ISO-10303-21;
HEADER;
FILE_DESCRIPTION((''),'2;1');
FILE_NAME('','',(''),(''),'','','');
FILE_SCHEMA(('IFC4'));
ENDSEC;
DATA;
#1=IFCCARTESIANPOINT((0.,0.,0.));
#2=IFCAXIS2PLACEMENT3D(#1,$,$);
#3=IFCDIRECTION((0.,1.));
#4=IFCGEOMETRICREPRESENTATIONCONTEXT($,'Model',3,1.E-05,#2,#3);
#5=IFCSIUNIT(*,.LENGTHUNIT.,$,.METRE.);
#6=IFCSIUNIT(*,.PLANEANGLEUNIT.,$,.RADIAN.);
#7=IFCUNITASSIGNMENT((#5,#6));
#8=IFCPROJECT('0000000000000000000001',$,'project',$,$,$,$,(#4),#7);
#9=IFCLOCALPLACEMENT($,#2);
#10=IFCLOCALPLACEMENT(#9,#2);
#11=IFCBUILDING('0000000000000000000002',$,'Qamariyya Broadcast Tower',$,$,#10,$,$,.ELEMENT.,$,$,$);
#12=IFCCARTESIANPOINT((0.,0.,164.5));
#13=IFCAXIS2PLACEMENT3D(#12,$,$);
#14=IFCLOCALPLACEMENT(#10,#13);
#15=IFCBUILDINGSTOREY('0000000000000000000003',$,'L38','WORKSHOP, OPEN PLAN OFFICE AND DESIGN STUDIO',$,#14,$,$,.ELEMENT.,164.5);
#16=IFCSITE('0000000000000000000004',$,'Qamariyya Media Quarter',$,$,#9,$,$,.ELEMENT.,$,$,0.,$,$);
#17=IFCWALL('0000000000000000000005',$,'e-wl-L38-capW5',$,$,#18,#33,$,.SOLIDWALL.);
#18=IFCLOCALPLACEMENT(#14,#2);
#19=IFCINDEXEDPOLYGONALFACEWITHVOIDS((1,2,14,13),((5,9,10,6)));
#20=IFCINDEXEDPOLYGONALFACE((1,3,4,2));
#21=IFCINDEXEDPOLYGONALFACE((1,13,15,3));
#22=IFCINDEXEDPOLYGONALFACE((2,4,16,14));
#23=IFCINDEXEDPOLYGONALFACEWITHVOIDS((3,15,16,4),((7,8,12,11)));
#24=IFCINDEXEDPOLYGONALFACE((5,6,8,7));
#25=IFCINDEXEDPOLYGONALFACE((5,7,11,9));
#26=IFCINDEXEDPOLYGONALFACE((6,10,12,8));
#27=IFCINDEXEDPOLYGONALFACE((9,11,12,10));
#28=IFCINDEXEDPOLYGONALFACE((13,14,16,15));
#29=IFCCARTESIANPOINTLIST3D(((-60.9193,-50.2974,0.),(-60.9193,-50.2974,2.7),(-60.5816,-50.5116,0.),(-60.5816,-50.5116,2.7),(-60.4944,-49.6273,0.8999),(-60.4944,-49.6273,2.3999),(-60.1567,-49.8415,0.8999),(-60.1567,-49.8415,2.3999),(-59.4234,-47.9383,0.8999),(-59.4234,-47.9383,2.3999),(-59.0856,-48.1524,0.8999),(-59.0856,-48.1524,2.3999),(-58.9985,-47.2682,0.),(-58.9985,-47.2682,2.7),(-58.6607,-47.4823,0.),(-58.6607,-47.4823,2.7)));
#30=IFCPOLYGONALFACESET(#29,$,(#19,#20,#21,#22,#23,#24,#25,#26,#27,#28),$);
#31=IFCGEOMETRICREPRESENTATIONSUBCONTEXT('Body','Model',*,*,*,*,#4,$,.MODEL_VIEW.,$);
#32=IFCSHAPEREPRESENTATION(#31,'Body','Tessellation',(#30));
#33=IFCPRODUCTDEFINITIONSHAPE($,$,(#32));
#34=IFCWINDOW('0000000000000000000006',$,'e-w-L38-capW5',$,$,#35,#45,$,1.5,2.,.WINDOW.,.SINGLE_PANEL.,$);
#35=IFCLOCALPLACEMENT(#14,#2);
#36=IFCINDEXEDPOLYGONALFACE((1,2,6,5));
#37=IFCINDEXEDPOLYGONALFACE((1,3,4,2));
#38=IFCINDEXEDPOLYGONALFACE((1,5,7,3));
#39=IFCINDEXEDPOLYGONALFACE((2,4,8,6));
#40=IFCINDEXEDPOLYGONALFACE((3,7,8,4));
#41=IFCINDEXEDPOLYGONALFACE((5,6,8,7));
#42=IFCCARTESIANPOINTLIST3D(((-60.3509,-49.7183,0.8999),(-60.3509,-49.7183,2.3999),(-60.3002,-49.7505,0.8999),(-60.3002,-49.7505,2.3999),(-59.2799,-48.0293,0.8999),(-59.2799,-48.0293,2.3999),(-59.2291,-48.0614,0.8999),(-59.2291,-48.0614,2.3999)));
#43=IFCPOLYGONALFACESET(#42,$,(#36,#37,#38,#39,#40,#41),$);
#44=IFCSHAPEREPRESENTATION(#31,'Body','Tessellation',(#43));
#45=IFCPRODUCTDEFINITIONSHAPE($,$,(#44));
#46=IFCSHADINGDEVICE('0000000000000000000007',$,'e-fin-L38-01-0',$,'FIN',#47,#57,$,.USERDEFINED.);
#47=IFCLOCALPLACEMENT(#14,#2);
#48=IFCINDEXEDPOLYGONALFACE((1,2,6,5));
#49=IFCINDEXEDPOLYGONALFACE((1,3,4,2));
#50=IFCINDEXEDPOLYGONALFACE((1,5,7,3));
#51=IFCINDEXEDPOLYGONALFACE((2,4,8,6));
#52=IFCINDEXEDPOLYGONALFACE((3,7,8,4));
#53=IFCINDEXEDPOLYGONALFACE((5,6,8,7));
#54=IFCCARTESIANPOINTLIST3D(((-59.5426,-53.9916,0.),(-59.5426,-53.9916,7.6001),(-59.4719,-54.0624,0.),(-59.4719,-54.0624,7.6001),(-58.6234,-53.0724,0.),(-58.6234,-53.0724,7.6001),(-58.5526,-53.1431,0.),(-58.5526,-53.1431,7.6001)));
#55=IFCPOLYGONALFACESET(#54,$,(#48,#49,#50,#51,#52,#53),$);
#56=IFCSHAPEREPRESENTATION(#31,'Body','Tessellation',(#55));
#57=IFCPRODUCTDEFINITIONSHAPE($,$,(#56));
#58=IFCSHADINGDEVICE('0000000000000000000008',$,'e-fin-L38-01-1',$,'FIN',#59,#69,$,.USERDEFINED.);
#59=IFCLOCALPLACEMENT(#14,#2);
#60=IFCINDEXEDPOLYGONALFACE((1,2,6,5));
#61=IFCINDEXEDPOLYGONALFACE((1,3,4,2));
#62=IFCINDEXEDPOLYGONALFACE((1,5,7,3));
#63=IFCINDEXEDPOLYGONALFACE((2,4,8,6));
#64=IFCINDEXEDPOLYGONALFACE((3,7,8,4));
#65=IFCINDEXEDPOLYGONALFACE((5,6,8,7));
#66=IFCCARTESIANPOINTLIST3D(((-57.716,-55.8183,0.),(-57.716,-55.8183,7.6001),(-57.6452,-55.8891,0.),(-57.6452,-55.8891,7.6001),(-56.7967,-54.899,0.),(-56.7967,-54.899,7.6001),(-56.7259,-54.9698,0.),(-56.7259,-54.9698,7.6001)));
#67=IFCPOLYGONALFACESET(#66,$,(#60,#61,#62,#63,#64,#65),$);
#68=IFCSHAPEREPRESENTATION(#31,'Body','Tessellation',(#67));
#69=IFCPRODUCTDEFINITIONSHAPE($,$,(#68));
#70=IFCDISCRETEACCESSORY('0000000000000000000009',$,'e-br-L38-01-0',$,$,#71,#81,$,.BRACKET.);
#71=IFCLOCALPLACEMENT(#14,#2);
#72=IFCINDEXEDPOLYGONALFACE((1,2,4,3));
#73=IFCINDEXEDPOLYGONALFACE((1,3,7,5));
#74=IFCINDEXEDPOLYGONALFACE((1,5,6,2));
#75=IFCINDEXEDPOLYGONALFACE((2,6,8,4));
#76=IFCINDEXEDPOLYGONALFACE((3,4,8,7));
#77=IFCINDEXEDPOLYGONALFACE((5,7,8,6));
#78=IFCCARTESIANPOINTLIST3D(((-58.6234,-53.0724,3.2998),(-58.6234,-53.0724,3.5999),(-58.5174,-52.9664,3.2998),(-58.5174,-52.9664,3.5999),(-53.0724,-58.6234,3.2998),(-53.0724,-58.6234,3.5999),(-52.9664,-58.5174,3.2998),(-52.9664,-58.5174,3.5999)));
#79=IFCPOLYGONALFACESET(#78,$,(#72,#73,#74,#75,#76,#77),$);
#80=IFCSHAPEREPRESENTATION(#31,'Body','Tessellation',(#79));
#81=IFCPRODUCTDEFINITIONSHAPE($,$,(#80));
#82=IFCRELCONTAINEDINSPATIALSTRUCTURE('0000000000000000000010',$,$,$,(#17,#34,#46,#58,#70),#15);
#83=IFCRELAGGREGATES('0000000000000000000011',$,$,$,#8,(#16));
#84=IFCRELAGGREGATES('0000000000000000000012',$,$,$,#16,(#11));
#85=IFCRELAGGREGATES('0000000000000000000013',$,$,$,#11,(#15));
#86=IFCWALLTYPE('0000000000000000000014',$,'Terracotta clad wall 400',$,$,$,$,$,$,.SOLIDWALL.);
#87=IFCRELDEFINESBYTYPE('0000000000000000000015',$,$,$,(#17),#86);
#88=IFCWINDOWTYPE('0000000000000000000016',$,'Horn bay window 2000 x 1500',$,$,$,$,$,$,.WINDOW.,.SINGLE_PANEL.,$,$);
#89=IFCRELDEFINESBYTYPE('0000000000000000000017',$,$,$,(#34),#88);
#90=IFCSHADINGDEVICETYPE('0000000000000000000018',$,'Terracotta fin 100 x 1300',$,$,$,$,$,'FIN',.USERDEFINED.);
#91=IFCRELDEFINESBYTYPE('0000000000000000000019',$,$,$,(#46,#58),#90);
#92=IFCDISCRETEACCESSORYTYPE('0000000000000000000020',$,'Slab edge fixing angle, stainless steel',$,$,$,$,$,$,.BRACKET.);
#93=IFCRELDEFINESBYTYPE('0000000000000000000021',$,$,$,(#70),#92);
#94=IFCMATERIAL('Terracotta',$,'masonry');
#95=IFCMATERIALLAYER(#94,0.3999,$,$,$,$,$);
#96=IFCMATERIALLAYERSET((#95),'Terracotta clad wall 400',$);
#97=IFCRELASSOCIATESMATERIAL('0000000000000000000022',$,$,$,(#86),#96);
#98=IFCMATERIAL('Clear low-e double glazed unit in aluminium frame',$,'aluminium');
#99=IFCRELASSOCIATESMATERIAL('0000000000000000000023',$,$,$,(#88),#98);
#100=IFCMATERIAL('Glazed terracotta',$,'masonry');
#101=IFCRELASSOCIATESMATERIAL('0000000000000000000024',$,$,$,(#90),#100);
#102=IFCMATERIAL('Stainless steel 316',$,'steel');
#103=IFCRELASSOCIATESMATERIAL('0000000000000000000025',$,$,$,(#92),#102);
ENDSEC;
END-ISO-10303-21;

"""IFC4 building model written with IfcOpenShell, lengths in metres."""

from ifc_helpers import new_model, si_unit, direction, frame, frame_2d, origin, origin_2d, place, context, subcontext, project, spatial, rectangle, extrude, material, layer, layer_set, material_profile, profile_set, type_object, element, fill, save


model = new_model("IFC4")

# Units and contexts
model_context = context("Model", 3, precision=1e-05, world=origin(), true_north=direction((0.0, 1.0)))
body_context = subcontext(model_context, "Body", "Model", "MODEL_VIEW")
ifc_project = project(units=[si_unit("LENGTHUNIT", "METRE"), si_unit("PLANEANGLEUNIT", "RADIAN")], contexts=[model_context])

# Site, building, storey
site_placement = place(None, origin())
site = spatial("IfcSite", under=ifc_project, at=site_placement, Name="Qamariyya Media Quarter", CompositionType="ELEMENT", RefElevation=0.0)
building_placement = place(site_placement, origin())
building = spatial("IfcBuilding", under=site, at=building_placement, Name="Qamariyya Broadcast Tower", CompositionType="ELEMENT")
storey_placement = place(building_placement, frame((0.0, 0.0, 164.5)))
storey = spatial("IfcBuildingStorey", under=building, at=storey_placement, Name="L38", Description="WORKSHOP, OPEN PLAN OFFICE AND DESIGN STUDIO", CompositionType="ELEMENT", Elevation=164.5)

# Wall, opening, window
ifc_material_1 = material(Name="Terracotta", Category="masonry")
ifc_layer_1 = layer(ifc_material_1, 0.3999)
ifc_layer_set_1 = layer_set([ifc_layer_1], Name="Terracotta clad wall 400")
wall_type_1 = type_object("IfcWallType", Name="Terracotta clad wall 400", PredefinedType="SOLIDWALL", material=ifc_layer_set_1)
ifc_material_2 = material(Name="Clear low-e double glazed unit in aluminium frame", Category="aluminium")
window_type = type_object("IfcWindowType", Name="Horn bay window 2000 x 1500", PartitioningType="SINGLE_PANEL", PredefinedType="WINDOW", material=ifc_material_2)
wall_1_placement = place(storey_placement, frame((-58.8296, -47.3752, 0.0), z_axis=(0.0, 0.0, 1.0), x_axis=(-0.535518, -0.844524, 0.0)))
wall_1 = element("IfcWall", 1, at=wall_1_placement, inside=storey, type_object=wall_type_1, Name="e-wl-L38-capW5", PredefinedType="SOLIDWALL", context=body_context, shape_type="SweptSolid", body=[
    extrude(rectangle(XDim=3.5869, YDim=0.3999, at=frame_2d((1.7935, 0.0))), origin(), (0.0, 0.0, 1.0), 2.7),
])
opening_1_placement = place(wall_1_placement, frame((0.7935, 0.0, 0.8999)))
opening_1 = element("IfcOpeningElement", 2, at=opening_1_placement, cuts=wall_1, PredefinedType="OPENING", context=body_context, shape_type="SweptSolid", body=[
    extrude(rectangle(XDim=2.0, YDim=1.5, at=frame_2d((1.0, 0.75))), frame((0.0, 0.21, 0.0), z_axis=(0.0, -1.0, 0.0), x_axis=(1.0, 0.0, 0.0)), (0.0, 0.0, 1.0), 0.4199),
])
window_1_placement = place(opening_1_placement, origin())
window_1 = element("IfcWindow", 3, at=window_1_placement, inside=storey, type_object=window_type, Name="e-w-L38-capW5", OverallHeight=1.5, OverallWidth=2.0, PartitioningType="SINGLE_PANEL", PredefinedType="WINDOW", context=body_context, shape_type="SweptSolid", body=[
    extrude(rectangle(XDim=2.0, YDim=1.5, at=frame_2d((1.0, 0.75))), frame((0.0, 0.03, 0.0), z_axis=(0.0, -1.0, 0.0), x_axis=(1.0, 0.0, 0.0)), (0.0, 0.0, 1.0), 0.0601),
])
fill(opening_1, window_1)

# Shading devices
ifc_material_3 = material(Name="Glazed terracotta", Category="masonry")
ifc_material_profile_1 = material_profile(ifc_material_3, rectangle(XDim=1.3, YDim=0.1001, at=origin_2d()))
ifc_profile_set_1 = profile_set([ifc_material_profile_1], Name="Glazed terracotta")
shading_device_type_1 = type_object("IfcShadingDeviceType", Name="Terracotta fin 100 x 1300", ElementType="FIN", PredefinedType="USERDEFINED", material=ifc_profile_set_1)
for number, where, z_axis, x_axis, name in (
    (4, (-59.0476, -53.5674, 0.0), (0.0, 0.0, 1.0), (-0.707107, -0.707107, 0.0), "e-fin-L38-01-0"),
    (5, (-57.2209, -55.394, 0.0), (0.0, 0.0, 1.0), (-0.707107, -0.707107, 0.0), "e-fin-L38-01-1"),
):
    element("IfcShadingDevice", number, at=place(storey_placement, frame(where, z_axis=z_axis, x_axis=x_axis)), inside=storey, type_object=shading_device_type_1, Name=name, ObjectType="FIN", PredefinedType="USERDEFINED", context=body_context, shape_type="SweptSolid", body=[
        extrude(rectangle(XDim=1.3, YDim=0.1001, at=origin_2d()), origin(), (0.0, 0.0, 1.0), 7.6001),
    ])

# Discrete accessory
ifc_material_4 = material(Name="Stainless steel 316", Category="steel")
discrete_accessory_type = type_object("IfcDiscreteAccessoryType", Name="Slab edge fixing angle, stainless steel", PredefinedType="BRACKET", material=ifc_material_4)
discrete_accessory_placement = place(storey_placement, frame((-55.7949, -55.7949, 3.2998), z_axis=(0.0, 0.0, 1.0), x_axis=(0.707107, -0.707107, 0.0)))
element("IfcDiscreteAccessory", 6, at=discrete_accessory_placement, inside=storey, type_object=discrete_accessory_type, Name="e-br-L38-01-0", PredefinedType="BRACKET", context=body_context, shape_type="SweptSolid", body=[
    extrude(rectangle(XDim=7.8503, YDim=0.1499, at=origin_2d()), origin(), (0.0, 0.0, 1.0), 0.3),
])

save(model, "model.ifc")
